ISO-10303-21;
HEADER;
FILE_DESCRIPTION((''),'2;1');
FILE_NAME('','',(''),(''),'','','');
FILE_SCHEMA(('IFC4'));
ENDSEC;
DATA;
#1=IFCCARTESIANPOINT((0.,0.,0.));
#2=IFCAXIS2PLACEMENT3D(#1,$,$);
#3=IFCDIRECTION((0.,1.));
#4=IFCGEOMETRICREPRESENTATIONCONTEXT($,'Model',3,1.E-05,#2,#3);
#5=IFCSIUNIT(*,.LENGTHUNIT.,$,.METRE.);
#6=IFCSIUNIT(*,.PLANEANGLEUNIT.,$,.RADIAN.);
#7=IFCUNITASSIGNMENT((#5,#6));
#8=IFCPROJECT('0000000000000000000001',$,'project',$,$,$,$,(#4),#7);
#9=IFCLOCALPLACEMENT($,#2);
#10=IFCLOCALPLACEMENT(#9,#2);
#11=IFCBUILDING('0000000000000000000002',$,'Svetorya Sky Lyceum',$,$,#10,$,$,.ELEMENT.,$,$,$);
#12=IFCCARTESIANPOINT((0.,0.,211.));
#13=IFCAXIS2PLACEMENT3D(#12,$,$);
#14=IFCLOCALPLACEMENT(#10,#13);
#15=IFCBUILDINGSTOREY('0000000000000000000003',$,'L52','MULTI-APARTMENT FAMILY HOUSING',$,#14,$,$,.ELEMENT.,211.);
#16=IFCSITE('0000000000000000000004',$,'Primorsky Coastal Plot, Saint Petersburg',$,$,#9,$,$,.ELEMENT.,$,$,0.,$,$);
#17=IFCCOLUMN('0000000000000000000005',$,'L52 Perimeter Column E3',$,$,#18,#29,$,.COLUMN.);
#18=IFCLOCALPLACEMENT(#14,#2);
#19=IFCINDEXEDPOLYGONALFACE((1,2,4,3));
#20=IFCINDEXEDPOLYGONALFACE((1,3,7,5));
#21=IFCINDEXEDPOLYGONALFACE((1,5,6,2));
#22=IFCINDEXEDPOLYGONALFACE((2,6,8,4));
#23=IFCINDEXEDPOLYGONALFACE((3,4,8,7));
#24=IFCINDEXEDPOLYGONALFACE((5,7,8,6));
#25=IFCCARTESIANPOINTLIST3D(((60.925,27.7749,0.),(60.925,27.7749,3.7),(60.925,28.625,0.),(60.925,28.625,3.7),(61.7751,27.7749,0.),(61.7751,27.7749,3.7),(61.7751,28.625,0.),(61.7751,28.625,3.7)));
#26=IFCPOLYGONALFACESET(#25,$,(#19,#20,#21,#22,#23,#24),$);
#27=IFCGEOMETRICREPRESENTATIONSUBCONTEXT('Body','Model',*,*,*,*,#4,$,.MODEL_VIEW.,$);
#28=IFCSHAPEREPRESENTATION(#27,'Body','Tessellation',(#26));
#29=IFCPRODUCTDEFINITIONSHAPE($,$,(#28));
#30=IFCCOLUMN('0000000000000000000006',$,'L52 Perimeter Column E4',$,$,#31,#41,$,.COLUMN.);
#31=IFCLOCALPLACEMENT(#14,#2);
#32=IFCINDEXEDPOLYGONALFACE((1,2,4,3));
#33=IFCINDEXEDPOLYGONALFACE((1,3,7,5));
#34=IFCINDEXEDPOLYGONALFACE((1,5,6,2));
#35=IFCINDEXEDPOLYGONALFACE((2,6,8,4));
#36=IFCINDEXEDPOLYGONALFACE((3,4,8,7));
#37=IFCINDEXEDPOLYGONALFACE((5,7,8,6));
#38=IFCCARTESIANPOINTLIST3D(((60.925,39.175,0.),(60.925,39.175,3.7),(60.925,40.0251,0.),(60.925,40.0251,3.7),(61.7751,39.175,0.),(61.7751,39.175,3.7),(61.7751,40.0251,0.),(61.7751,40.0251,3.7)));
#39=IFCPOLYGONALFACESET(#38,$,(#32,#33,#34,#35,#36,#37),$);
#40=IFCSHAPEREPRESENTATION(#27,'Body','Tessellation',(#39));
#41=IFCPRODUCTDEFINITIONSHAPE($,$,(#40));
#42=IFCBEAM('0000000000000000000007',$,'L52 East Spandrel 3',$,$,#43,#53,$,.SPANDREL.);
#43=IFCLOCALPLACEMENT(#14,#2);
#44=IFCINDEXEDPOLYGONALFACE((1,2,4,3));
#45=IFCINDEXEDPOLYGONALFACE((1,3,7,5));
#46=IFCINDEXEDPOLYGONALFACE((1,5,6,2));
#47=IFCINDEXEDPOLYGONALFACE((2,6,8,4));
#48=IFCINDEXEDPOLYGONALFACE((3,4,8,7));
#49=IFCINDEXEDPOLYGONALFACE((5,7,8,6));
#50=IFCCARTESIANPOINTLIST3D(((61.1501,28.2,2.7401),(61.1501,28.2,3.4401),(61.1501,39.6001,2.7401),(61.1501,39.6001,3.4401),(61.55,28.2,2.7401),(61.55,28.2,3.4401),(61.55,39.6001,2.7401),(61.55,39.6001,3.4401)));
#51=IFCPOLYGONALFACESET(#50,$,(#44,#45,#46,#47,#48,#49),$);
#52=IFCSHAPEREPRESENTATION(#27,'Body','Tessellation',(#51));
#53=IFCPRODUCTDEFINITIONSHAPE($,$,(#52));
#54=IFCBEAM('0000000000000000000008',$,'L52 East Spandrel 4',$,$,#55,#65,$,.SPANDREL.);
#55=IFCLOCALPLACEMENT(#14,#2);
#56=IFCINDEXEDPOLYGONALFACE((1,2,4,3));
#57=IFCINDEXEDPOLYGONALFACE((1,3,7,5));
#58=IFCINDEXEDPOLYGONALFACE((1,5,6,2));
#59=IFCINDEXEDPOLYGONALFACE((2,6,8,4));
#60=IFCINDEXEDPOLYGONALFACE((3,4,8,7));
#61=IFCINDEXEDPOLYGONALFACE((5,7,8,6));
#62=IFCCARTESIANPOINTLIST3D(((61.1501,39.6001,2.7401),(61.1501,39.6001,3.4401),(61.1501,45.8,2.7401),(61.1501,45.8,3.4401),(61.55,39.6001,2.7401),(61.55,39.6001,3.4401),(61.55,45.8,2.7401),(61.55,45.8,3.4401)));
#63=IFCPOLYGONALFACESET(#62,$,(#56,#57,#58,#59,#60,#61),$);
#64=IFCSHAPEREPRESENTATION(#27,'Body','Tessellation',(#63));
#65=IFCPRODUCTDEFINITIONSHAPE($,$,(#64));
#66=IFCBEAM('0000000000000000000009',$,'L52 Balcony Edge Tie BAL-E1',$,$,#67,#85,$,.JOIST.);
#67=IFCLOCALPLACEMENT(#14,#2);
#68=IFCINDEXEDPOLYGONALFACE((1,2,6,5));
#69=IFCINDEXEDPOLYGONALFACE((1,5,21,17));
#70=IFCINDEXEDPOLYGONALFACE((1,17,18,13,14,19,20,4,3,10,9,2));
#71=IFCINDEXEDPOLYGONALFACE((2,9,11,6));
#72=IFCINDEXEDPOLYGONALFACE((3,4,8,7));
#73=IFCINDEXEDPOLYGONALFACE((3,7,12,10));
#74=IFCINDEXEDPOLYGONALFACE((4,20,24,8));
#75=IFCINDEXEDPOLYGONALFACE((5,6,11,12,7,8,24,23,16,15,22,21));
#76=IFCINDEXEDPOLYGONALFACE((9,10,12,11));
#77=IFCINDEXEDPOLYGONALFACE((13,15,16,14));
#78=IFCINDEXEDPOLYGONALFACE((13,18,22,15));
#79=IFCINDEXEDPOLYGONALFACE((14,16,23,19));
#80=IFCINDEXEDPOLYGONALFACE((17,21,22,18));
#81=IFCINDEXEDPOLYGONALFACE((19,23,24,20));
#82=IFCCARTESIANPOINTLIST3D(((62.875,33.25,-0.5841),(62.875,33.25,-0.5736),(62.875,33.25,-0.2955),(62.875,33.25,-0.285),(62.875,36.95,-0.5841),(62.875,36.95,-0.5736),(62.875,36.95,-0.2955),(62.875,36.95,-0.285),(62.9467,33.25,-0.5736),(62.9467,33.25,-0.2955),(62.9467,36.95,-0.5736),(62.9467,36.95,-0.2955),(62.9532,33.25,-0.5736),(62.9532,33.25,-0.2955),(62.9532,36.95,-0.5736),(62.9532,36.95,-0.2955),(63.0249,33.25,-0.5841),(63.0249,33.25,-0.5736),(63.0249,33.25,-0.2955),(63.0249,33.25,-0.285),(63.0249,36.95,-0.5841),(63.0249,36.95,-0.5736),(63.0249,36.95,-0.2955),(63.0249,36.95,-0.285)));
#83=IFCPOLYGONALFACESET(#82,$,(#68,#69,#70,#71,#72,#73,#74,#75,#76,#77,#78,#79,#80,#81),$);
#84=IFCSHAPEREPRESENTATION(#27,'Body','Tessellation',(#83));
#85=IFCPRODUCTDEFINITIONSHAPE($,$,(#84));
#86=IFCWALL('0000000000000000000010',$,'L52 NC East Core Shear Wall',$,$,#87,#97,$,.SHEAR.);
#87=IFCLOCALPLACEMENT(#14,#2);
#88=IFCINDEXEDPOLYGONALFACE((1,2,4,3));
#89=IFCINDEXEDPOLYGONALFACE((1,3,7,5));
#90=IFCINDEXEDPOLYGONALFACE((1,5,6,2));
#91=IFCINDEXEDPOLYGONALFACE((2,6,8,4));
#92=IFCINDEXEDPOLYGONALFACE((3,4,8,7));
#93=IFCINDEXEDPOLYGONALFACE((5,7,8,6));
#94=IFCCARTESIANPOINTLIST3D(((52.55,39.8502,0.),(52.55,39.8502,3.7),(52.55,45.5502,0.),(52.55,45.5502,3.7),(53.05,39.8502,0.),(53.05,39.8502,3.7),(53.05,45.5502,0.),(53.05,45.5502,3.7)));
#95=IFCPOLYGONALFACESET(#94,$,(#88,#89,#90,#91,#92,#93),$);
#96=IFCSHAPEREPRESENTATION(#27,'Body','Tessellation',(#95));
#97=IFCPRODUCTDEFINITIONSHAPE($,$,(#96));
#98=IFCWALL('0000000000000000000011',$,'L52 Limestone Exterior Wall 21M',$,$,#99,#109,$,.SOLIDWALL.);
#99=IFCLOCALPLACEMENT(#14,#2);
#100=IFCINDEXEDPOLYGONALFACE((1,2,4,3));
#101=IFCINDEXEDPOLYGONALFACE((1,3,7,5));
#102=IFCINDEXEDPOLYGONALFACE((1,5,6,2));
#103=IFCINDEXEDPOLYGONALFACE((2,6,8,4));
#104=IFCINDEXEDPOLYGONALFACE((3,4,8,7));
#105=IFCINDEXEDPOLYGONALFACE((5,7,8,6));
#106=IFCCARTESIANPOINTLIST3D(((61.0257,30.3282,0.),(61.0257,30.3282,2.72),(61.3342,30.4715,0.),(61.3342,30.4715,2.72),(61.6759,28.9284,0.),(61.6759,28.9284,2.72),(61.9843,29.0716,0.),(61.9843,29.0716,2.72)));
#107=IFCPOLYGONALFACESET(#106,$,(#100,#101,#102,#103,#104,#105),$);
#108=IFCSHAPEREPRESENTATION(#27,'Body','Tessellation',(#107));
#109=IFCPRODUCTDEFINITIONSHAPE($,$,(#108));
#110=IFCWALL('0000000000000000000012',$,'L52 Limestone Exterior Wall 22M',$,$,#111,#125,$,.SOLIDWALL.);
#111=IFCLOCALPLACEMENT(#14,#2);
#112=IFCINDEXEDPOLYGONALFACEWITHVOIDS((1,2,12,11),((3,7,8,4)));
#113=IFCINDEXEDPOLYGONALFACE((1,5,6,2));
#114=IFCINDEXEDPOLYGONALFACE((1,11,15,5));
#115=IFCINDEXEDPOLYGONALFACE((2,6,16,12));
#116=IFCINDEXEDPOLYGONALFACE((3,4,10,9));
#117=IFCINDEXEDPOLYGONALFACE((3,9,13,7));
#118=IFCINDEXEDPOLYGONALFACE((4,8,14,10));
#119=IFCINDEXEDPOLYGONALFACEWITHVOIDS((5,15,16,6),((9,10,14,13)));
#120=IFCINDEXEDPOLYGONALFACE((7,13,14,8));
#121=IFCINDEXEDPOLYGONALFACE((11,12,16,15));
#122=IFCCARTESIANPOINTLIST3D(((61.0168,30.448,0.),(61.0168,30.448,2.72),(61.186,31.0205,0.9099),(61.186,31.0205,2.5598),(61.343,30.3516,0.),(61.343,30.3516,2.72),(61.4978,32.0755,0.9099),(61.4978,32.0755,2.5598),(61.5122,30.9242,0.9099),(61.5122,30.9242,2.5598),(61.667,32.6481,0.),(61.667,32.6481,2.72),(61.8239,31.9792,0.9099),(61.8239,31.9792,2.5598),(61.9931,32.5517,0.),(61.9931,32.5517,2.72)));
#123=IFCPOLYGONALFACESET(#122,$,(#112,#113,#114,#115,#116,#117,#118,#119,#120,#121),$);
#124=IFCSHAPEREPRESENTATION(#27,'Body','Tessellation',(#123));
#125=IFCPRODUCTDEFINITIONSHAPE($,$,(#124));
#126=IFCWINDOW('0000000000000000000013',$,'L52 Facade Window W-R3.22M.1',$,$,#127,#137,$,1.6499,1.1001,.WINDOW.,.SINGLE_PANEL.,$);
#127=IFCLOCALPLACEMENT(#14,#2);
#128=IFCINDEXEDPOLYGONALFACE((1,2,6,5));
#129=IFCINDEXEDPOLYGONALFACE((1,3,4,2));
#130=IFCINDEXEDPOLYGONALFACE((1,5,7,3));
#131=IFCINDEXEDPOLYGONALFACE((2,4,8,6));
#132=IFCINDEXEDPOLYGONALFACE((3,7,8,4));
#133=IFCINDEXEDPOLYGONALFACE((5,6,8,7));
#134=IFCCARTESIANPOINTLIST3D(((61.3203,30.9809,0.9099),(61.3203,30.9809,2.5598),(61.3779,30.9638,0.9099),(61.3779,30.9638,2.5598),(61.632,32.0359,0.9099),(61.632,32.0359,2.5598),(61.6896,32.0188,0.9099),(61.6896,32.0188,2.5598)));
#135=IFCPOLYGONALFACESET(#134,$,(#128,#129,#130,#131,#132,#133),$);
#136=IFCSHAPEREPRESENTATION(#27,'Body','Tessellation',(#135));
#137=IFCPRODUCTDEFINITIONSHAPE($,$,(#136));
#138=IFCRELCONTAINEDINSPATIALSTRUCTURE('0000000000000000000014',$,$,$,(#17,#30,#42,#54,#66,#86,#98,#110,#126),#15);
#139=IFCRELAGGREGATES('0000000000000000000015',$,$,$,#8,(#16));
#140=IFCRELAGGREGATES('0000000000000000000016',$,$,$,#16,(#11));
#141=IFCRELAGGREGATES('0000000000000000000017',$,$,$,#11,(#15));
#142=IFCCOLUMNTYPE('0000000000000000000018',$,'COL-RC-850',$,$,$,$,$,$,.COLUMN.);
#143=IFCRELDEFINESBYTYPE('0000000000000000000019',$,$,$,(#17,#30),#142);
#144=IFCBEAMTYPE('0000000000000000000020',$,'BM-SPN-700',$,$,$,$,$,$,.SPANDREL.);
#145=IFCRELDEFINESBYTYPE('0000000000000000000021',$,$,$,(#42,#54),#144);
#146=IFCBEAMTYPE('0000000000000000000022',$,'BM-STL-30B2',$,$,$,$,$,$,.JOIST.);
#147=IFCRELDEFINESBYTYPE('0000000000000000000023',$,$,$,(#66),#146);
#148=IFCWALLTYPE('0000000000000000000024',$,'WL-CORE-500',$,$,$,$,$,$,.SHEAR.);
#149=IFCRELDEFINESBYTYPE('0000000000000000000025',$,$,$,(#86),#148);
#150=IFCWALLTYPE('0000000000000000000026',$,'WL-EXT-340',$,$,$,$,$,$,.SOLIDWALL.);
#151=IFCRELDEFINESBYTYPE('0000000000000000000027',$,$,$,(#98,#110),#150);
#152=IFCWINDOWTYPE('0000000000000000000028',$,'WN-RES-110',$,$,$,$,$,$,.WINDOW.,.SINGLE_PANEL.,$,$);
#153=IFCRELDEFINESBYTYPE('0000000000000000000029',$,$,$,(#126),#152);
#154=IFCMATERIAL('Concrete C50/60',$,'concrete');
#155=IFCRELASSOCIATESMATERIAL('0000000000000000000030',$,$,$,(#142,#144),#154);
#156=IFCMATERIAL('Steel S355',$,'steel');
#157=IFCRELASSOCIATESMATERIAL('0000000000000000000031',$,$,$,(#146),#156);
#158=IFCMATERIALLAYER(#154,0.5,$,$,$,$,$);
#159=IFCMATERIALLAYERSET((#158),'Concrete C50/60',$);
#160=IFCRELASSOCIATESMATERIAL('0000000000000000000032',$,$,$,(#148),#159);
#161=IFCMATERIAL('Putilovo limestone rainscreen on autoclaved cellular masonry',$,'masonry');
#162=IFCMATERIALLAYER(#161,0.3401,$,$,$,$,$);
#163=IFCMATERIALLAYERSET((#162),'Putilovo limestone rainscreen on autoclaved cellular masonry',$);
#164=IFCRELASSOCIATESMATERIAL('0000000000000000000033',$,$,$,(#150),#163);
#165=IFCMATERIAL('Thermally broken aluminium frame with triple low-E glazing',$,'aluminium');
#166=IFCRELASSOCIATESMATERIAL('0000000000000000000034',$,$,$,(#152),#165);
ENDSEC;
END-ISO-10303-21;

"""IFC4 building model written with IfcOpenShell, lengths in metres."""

from ifc_helpers import new_model, si_unit, direction, frame, frame_2d, origin, origin_2d, place, context, subcontext, project, spatial, rectangle, i_section, extrude, material, layer, layer_set, material_profile, profile_set, type_object, element, fill, save


model = new_model("IFC4")

# Units and contexts
model_context = context("Model", 3, precision=1e-05, world=origin(), true_north=direction((0.0, 1.0)))
body_context = subcontext(model_context, "Body", "Model", "MODEL_VIEW")
ifc_project = project(units=[si_unit("LENGTHUNIT", "METRE"), si_unit("PLANEANGLEUNIT", "RADIAN")], contexts=[model_context])

# Site, building, storey
site_placement = place(None, origin())
site = spatial("IfcSite", under=ifc_project, at=site_placement, Name="Primorsky Coastal Plot, Saint Petersburg", CompositionType="ELEMENT", RefElevation=0.0)
building_placement = place(site_placement, origin())
building = spatial("IfcBuilding", under=site, at=building_placement, Name="Svetorya Sky Lyceum", CompositionType="ELEMENT")
storey_placement = place(building_placement, frame((0.0, 0.0, 211.0)))
storey = spatial("IfcBuildingStorey", under=building, at=storey_placement, Name="L52", Description="MULTI-APARTMENT FAMILY HOUSING", CompositionType="ELEMENT", Elevation=211.0)

# Columns
ifc_material_1 = material(Name="Concrete C50/60", Category="concrete")
ifc_material_profile_1 = material_profile(ifc_material_1, rectangle(XDim=0.8501, YDim=0.8501, at=origin_2d()), Name="RC COL 850x850")
ifc_profile_set_1 = profile_set([ifc_material_profile_1], Name="Concrete C50/60")
column_type = type_object("IfcColumnType", Name="COL-RC-850", PredefinedType="COLUMN", material=ifc_profile_set_1)
for number, where, z_axis, x_axis, name in (
    (1, (61.3501, 28.2, 0.0), (0.0, 0.0, 1.0), (1.0, 0.0, 0.0), "L52 Perimeter Column E3"),
    (2, (61.3501, 39.6001, 0.0), (0.0, 0.0, 1.0), (1.0, 0.0, 0.0), "L52 Perimeter Column E4"),
):
    element("IfcColumn", number, at=place(storey_placement, frame(where, z_axis=z_axis, x_axis=x_axis)), inside=storey, type_object=column_type, Name=name, PredefinedType="COLUMN", context=body_context, shape_type="SweptSolid", body=[
        extrude(rectangle(XDim=0.8501, YDim=0.8501, at=origin_2d()), origin(), (0.0, 0.0, 1.0), 3.7),
    ])

# Beams
ifc_material_profile_2 = material_profile(ifc_material_1, rectangle(XDim=0.3999, YDim=0.7, at=origin_2d()), Name="RC SPANDREL 400x700")
ifc_profile_set_2 = profile_set([ifc_material_profile_2], Name="Concrete C50/60")
beam_type_1 = type_object("IfcBeamType", Name="BM-SPN-700", PredefinedType="SPANDREL", material=ifc_profile_set_2)
beam_1_placement = place(storey_placement, frame((61.3501, 28.2, 3.0901), z_axis=(0.0, 1.0, 0.0), x_axis=(-1.0, 0.0, 0.0)))
element("IfcBeam", 3, at=beam_1_placement, inside=storey, type_object=beam_type_1, Name="L52 East Spandrel 3", PredefinedType="SPANDREL", context=body_context, shape_type="SweptSolid", body=[
    extrude(rectangle(XDim=0.3999, YDim=0.7, at=origin_2d()), origin(), (0.0, 0.0, 1.0), 11.4001),
])
beam_2_placement = place(storey_placement, frame((61.3501, 39.6001, 3.0901), z_axis=(0.0, 1.0, 0.0), x_axis=(-1.0, 0.0, 0.0)))
element("IfcBeam", 4, at=beam_2_placement, inside=storey, type_object=beam_type_1, Name="L52 East Spandrel 4", PredefinedType="SPANDREL", context=body_context, shape_type="SweptSolid", body=[
    extrude(rectangle(XDim=0.3999, YDim=0.7, at=origin_2d()), origin(), (0.0, 0.0, 1.0), 6.2),
])
ifc_material_2 = material(Name="Steel S355", Category="steel")
ifc_material_profile_3 = material_profile(ifc_material_2, i_section(OverallWidth=0.1499, OverallDepth=0.2991, WebThickness=0.0066, FlangeThickness=0.0105, at=origin_2d()), Name="GOST 30B2")
ifc_profile_set_3 = profile_set([ifc_material_profile_3], Name="Steel S355")
beam_type_2 = type_object("IfcBeamType", Name="BM-STL-30B2", PredefinedType="JOIST", material=ifc_profile_set_3)
beam_3_placement = place(storey_placement, frame((62.95, 33.25, -0.4346), z_axis=(0.0, 1.0, 0.0), x_axis=(-1.0, 0.0, 0.0)))
element("IfcBeam", 5, at=beam_3_placement, inside=storey, type_object=beam_type_2, Name="L52 Balcony Edge Tie BAL-E1", PredefinedType="JOIST", context=body_context, shape_type="SweptSolid", body=[
    extrude(i_section(OverallWidth=0.1499, OverallDepth=0.2991, WebThickness=0.0066, FlangeThickness=0.0105, at=origin_2d()), origin(), (0.0, 0.0, 1.0), 3.7),
])

# Walls
ifc_layer_1 = layer(ifc_material_1, 0.5)
ifc_layer_set_1 = layer_set([ifc_layer_1], Name="Concrete C50/60")
wall_type_1 = type_object("IfcWallType", Name="WL-CORE-500", PredefinedType="SHEAR", material=ifc_layer_set_1)
wall_1_placement = place(storey_placement, frame((52.8, 39.8501, 0.0), z_axis=(0.0, 0.0, 1.0), x_axis=(0.0, 1.0, 0.0)))
element("IfcWall", 6, at=wall_1_placement, inside=storey, type_object=wall_type_1, Name="L52 NC East Core Shear Wall", PredefinedType="SHEAR", context=body_context, shape_type="SweptSolid", body=[
    extrude(rectangle(XDim=5.7, YDim=0.5, at=frame_2d((2.8501, 0.0))), origin(), (0.0, 0.0, 1.0), 3.7),
])
ifc_material_3 = material(Name="Putilovo limestone rainscreen on autoclaved cellular masonry", Category="masonry")
ifc_layer_2 = layer(ifc_material_3, 0.3401)
ifc_layer_set_2 = layer_set([ifc_layer_2], Name="Putilovo limestone rainscreen on autoclaved cellular masonry")
wall_type_2 = type_object("IfcWallType", Name="WL-EXT-340", PredefinedType="SOLIDWALL", material=ifc_layer_set_2)
wall_2_placement = place(storey_placement, frame((61.8301, 29.0, 0.0), z_axis=(0.0, 0.0, 1.0), x_axis=(-0.421214, 0.906961, 0.0)))
element("IfcWall", 7, at=wall_2_placement, inside=storey, type_object=wall_type_2, Name="L52 Limestone Exterior Wall 21M", PredefinedType="SOLIDWALL", context=body_context, shape_type="SweptSolid", body=[
    extrude(rectangle(XDim=1.5435, YDim=0.3401, at=frame_2d((0.7717, 0.0))), origin(), (0.0, 0.0, 1.0), 2.72),
])

# Wall, opening, window
wall_3_placement = place(storey_placement, frame((61.1799, 30.3999, 0.0), z_axis=(0.0, 0.0, 1.0), x_axis=(0.283382, 0.959007, 0.0)))
wall_3 = element("IfcWall", 8, at=wall_3_placement, inside=storey, type_object=wall_type_2, Name="L52 Limestone Exterior Wall 22M", PredefinedType="SOLIDWALL", context=body_context, shape_type="SweptSolid", body=[
    extrude(rectangle(XDim=2.2942, YDim=0.3401, at=frame_2d((1.147, 0.0))), origin(), (0.0, 0.0, 1.0), 2.72),
])
opening_1_placement = place(wall_3_placement, frame((0.5969, 0.0, 0.9099)))
opening_1 = element("IfcOpeningElement", 9, at=opening_1_placement, cuts=wall_3, PredefinedType="OPENING", context=body_context, shape_type="SweptSolid", body=[
    extrude(rectangle(XDim=1.1001, YDim=1.6499, at=frame_2d((0.55, 0.825))), frame((0.0, 0.1799, 0.0), z_axis=(0.0, -1.0, 0.0), x_axis=(1.0, 0.0, 0.0)), (0.0, 0.0, 1.0), 0.3601),
])
ifc_material_4 = material(Name="Thermally broken aluminium frame with triple low-E glazing", Category="aluminium")
window_type_1 = type_object("IfcWindowType", Name="WN-RES-110", PartitioningType="SINGLE_PANEL", PredefinedType="WINDOW", material=ifc_material_4)
window_1_placement = place(opening_1_placement, origin())
window_1 = element("IfcWindow", 10, at=window_1_placement, inside=storey, type_object=window_type_1, Name="L52 Facade Window W-R3.22M.1", OverallHeight=1.6499, OverallWidth=1.1001, PartitioningType="SINGLE_PANEL", PredefinedType="WINDOW", context=body_context, shape_type="SweptSolid", body=[
    extrude(rectangle(XDim=1.1001, YDim=1.6499, at=frame_2d((0.55, 0.825))), frame((0.0, 0.03, 0.0), z_axis=(0.0, -1.0, 0.0), x_axis=(1.0, 0.0, 0.0)), (0.0, 0.0, 1.0), 0.0601),
])
fill(opening_1, window_1)

save(model, "model.ifc")
